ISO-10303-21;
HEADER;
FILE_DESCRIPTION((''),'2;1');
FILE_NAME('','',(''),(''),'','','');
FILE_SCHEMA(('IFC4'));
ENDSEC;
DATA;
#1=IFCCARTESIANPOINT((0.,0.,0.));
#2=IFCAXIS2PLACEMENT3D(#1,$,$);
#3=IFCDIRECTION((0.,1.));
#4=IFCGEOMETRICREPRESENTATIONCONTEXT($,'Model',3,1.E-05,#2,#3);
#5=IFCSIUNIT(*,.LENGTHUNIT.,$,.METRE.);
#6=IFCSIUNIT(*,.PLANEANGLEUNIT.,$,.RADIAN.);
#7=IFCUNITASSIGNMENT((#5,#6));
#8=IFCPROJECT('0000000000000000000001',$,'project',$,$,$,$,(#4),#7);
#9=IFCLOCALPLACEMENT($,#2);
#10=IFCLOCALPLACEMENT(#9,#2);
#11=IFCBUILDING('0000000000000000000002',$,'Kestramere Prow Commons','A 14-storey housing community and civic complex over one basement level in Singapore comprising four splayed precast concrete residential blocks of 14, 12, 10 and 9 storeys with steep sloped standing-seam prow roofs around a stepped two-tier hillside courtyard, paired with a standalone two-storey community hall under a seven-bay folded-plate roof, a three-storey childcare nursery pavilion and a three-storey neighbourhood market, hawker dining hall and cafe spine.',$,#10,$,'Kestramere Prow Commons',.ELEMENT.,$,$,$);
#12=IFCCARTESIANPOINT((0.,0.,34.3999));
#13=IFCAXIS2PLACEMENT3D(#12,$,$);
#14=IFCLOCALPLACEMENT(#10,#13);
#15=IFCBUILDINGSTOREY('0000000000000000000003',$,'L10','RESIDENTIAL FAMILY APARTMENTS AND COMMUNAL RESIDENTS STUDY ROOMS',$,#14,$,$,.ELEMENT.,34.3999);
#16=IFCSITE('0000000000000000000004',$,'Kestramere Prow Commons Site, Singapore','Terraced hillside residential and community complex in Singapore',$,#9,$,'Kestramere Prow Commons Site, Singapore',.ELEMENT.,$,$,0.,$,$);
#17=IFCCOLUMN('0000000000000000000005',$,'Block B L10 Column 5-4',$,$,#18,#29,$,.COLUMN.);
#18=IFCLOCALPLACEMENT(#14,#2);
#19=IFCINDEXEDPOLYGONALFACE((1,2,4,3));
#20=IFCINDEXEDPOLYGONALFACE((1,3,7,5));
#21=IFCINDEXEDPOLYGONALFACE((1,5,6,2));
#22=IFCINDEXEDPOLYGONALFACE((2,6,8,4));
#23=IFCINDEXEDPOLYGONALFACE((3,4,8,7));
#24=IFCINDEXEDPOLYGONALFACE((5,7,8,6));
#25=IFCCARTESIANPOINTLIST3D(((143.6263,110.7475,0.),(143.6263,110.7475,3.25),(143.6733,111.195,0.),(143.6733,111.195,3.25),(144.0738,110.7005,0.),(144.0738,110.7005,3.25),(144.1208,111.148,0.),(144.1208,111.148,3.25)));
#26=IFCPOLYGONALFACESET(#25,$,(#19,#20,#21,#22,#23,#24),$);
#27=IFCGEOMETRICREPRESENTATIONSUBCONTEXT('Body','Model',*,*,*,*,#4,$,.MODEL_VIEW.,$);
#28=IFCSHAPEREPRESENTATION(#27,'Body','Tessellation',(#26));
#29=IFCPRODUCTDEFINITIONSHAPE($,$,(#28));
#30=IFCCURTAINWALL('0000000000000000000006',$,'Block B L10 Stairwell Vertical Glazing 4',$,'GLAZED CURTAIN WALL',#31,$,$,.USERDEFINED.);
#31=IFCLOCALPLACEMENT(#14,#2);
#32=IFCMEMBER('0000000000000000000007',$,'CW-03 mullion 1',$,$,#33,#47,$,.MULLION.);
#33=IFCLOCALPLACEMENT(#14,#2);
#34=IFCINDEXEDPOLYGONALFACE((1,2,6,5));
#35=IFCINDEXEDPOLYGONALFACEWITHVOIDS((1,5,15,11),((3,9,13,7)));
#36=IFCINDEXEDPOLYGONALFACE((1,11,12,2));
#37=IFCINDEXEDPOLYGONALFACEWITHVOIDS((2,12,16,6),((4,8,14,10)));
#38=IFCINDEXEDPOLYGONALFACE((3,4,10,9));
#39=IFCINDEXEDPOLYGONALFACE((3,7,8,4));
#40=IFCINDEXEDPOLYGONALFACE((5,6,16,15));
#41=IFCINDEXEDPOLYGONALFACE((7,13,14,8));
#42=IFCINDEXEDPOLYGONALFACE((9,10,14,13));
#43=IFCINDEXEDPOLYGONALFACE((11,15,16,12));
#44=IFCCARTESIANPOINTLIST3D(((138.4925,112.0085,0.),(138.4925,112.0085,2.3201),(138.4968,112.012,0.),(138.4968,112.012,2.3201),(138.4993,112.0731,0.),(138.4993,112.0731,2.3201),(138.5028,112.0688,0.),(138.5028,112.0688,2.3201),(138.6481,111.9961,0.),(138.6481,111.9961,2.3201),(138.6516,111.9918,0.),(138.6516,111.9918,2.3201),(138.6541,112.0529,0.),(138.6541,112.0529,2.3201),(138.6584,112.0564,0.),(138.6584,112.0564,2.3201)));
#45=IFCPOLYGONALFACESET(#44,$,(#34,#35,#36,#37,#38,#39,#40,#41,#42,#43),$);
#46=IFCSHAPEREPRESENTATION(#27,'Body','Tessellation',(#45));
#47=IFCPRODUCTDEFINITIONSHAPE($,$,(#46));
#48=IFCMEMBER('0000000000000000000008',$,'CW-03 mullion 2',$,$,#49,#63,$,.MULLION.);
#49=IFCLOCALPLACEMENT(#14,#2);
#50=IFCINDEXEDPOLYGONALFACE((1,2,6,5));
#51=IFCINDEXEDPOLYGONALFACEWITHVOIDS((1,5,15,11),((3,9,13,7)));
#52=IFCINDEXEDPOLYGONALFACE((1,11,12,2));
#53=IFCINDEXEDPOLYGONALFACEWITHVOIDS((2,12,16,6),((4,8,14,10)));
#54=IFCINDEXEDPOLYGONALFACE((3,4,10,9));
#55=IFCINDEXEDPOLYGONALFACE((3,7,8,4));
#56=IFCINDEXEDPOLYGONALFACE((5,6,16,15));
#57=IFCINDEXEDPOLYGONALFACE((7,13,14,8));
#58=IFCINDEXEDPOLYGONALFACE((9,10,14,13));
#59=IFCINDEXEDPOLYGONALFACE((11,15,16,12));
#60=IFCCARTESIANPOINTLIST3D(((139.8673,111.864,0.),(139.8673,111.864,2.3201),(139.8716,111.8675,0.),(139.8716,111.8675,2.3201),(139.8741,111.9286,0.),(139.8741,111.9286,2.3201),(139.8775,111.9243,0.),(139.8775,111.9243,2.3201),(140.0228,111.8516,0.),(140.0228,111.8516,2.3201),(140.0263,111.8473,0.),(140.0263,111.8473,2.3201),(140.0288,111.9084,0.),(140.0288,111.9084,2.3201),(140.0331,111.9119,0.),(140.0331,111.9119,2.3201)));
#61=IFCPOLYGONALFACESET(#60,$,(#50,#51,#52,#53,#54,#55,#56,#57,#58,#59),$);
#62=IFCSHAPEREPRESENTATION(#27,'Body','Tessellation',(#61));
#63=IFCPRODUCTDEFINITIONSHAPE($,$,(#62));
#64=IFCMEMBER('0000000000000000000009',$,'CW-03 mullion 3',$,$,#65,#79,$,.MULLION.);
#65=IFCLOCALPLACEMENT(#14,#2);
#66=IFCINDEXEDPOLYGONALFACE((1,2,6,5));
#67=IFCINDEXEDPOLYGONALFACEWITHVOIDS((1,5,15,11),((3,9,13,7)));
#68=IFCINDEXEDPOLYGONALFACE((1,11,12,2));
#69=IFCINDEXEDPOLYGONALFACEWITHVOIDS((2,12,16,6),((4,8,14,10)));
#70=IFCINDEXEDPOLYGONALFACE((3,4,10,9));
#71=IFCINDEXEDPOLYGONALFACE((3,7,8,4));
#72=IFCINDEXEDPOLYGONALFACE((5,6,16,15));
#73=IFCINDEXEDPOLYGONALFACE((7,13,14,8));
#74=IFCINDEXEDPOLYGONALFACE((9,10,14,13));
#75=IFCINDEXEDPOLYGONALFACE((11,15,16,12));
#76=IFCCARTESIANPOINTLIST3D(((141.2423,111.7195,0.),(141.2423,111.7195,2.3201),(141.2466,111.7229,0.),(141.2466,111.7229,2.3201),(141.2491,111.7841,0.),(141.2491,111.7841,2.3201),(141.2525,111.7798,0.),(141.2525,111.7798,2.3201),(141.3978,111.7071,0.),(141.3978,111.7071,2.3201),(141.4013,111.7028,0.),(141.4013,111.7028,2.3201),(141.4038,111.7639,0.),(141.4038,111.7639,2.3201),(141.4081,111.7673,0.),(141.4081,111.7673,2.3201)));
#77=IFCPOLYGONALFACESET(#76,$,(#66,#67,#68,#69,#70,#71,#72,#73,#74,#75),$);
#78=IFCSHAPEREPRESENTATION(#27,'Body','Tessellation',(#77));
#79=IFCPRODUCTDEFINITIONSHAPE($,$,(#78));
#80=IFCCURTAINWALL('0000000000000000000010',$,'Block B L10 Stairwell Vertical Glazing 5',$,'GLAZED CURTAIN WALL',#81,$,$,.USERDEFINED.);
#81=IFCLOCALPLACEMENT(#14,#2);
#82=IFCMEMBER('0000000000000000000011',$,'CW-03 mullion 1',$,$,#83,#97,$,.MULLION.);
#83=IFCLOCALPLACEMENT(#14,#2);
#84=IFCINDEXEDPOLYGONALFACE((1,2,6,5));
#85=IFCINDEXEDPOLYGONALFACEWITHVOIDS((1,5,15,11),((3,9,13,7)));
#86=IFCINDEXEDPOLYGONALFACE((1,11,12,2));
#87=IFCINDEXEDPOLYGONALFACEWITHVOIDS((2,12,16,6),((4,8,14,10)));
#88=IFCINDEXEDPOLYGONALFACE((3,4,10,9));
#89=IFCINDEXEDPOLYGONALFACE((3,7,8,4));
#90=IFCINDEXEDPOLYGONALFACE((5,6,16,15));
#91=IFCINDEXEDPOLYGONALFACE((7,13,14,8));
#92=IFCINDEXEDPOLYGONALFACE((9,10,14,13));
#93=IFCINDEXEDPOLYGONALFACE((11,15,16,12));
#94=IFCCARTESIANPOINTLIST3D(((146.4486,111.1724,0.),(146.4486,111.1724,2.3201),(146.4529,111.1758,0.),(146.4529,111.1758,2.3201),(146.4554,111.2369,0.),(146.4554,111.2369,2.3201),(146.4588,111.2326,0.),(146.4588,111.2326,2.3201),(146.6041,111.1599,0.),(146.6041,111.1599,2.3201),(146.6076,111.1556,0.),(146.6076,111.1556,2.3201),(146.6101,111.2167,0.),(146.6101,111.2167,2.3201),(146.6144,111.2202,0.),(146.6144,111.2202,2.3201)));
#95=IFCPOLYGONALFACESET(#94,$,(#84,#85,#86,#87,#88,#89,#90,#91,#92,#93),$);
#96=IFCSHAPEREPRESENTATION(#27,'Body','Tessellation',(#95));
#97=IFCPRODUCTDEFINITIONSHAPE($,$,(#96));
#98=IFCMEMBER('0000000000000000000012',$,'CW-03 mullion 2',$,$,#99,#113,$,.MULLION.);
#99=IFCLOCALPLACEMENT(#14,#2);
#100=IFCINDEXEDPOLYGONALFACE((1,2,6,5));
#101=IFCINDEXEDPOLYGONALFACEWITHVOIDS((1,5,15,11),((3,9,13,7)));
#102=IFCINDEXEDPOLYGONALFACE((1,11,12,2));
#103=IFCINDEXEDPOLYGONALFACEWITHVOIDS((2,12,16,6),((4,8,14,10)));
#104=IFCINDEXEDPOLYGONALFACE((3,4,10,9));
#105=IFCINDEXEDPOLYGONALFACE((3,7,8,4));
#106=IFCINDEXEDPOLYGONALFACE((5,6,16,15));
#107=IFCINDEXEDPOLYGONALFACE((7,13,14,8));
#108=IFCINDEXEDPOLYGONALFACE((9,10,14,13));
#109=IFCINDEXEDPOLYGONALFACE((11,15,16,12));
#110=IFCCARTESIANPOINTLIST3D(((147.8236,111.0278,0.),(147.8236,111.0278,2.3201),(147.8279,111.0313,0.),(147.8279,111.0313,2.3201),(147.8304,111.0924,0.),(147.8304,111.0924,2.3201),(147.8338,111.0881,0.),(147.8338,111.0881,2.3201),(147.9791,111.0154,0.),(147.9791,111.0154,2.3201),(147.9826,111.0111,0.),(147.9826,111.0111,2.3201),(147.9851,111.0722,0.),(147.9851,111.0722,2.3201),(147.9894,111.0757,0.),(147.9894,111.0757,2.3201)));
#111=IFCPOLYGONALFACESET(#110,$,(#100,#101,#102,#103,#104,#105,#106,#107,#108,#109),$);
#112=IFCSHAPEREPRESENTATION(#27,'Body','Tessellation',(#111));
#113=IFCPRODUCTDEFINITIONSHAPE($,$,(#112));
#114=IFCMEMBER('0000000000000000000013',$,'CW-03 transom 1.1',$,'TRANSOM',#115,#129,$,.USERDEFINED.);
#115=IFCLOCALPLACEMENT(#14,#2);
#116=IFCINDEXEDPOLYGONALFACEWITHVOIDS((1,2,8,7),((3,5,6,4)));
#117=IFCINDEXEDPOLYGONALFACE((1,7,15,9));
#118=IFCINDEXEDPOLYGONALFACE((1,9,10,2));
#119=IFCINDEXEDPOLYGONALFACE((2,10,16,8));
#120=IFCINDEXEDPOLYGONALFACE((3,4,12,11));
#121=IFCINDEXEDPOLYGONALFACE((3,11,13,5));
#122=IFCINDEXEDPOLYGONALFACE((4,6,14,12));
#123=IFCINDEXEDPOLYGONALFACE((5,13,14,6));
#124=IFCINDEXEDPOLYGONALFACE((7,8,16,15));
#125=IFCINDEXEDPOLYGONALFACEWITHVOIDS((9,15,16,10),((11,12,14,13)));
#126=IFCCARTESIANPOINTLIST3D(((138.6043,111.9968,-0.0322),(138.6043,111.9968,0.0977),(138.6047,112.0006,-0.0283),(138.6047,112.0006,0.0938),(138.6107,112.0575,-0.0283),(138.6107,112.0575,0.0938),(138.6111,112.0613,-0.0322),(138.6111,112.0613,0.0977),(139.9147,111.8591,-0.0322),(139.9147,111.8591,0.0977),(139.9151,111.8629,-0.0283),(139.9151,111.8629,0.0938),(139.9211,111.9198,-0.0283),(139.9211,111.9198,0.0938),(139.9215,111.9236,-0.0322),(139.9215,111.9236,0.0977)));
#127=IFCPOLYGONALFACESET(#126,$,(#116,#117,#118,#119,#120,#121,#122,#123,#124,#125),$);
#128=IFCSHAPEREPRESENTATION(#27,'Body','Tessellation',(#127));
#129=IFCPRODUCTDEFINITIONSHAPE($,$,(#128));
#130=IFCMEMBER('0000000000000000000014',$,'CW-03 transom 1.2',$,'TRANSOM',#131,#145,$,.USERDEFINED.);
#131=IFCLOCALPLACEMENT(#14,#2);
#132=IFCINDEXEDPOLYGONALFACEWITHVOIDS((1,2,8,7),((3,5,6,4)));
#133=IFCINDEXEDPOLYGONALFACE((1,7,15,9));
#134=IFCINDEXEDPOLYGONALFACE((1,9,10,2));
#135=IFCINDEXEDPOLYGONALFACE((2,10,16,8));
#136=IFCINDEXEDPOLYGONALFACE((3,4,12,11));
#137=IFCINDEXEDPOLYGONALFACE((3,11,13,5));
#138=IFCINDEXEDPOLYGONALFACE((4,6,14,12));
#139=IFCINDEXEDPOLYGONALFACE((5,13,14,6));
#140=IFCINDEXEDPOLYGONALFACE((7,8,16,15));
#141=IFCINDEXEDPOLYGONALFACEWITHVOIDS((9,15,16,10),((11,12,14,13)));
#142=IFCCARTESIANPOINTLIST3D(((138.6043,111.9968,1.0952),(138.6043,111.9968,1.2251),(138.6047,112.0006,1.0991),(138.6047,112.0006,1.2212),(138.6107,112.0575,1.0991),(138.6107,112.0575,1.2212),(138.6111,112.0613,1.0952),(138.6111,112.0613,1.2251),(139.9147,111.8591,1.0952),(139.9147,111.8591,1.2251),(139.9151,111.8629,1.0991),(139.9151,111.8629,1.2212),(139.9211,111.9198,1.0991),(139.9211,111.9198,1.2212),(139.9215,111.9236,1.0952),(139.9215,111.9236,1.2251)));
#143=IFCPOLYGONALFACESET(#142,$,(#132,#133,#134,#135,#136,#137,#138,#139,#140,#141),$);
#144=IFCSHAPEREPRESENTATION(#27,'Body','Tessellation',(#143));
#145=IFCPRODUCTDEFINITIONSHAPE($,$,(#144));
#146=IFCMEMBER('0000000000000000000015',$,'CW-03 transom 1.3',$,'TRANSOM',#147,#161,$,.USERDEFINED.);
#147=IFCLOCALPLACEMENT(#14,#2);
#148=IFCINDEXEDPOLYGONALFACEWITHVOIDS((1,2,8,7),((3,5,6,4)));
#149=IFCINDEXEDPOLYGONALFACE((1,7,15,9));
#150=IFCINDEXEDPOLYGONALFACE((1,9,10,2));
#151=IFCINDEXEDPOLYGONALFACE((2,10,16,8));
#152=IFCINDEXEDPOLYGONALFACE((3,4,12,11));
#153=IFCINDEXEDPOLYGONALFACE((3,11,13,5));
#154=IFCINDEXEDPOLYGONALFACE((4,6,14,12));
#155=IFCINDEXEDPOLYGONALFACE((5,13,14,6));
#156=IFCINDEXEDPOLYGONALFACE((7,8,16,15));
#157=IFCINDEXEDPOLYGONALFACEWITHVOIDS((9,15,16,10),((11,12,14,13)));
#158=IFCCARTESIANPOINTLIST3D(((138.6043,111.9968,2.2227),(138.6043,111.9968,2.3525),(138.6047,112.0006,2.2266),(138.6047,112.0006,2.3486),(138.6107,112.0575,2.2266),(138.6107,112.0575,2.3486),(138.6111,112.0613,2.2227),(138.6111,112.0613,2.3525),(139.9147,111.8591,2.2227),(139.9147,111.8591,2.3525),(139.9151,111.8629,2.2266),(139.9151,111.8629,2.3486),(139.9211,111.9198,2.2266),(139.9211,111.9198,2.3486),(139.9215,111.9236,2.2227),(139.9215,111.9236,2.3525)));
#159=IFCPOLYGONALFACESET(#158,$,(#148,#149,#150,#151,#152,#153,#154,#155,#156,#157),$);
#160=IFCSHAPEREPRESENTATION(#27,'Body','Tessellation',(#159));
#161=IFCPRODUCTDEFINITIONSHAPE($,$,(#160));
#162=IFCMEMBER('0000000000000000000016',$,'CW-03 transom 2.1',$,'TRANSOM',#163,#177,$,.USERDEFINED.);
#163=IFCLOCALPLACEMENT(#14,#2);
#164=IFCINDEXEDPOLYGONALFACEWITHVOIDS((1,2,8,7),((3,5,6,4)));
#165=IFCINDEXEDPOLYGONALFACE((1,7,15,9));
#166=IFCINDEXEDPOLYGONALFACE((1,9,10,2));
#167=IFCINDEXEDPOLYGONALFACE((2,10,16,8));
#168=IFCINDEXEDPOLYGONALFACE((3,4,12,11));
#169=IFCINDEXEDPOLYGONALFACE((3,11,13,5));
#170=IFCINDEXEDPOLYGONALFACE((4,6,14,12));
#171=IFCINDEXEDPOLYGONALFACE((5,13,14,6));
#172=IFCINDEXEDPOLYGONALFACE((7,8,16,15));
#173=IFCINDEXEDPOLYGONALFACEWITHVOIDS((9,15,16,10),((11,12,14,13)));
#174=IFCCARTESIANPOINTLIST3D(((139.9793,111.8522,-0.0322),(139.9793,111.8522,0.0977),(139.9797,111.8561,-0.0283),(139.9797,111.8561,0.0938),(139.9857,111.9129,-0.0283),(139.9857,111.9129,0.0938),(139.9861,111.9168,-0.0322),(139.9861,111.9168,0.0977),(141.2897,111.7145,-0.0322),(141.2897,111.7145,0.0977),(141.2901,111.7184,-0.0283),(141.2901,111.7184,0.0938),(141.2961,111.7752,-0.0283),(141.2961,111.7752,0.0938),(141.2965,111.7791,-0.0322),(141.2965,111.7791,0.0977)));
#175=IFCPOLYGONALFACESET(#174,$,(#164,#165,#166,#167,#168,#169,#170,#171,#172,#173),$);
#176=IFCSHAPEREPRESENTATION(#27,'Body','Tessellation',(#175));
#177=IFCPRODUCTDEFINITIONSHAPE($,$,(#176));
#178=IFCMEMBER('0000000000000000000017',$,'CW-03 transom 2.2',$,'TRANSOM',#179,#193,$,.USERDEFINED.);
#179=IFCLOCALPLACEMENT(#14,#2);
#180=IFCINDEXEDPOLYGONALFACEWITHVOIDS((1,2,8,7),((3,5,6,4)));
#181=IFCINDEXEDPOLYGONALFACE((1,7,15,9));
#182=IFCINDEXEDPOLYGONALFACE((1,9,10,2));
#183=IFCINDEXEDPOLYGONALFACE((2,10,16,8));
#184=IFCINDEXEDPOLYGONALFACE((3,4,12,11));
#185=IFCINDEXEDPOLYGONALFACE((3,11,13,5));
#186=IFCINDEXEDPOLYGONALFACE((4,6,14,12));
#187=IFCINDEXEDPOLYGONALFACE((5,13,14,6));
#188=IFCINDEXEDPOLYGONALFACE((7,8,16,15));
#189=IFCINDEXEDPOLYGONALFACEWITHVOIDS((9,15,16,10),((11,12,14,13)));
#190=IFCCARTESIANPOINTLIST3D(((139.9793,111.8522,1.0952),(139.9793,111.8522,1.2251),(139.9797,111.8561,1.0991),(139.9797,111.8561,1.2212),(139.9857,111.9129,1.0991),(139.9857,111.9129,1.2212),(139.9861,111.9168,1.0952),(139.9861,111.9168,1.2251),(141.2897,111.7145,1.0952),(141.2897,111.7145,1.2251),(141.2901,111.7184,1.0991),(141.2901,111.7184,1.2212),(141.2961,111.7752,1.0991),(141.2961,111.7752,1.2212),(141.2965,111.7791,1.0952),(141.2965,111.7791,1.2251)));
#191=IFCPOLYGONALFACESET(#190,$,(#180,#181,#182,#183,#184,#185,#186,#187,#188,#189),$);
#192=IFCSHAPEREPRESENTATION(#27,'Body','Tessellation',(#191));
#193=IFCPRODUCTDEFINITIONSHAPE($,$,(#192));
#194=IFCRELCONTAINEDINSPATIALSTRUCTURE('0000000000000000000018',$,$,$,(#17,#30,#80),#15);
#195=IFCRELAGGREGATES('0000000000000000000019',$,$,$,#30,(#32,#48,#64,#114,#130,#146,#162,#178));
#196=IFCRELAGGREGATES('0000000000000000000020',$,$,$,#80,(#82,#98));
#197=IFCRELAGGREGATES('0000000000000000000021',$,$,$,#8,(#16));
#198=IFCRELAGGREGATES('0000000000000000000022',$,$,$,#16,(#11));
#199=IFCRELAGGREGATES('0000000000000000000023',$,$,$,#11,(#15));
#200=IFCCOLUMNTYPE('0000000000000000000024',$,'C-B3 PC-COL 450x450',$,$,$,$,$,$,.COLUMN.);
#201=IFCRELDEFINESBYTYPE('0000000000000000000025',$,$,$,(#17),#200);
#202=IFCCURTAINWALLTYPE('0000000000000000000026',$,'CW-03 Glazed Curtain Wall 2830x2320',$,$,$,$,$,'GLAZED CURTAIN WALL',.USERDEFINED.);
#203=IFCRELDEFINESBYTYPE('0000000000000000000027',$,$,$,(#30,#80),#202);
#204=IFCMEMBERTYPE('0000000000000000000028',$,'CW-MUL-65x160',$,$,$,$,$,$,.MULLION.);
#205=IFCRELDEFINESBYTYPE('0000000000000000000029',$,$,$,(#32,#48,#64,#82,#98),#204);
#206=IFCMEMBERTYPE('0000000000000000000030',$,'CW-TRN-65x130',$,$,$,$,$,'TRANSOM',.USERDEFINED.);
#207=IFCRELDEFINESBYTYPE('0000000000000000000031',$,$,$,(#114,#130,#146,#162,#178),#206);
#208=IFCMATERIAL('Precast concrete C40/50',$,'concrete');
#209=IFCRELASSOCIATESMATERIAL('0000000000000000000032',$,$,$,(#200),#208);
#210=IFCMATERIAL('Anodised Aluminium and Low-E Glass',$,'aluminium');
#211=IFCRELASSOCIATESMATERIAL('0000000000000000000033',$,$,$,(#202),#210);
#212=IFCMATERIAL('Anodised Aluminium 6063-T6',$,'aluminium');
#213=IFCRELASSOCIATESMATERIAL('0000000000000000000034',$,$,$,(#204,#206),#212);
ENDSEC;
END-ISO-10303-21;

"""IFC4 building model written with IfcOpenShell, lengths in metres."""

from ifc_helpers import new_model, si_unit, direction, frame, origin, origin_2d, place, context, subcontext, project, spatial, rectangle, hollow_rectangle, extrude, material, material_profile, profile_set, type_object, element, aggregate, save


model = new_model("IFC4")

# Units and contexts
model_context = context("Model", 3, precision=1e-05, world=origin(), true_north=direction((0.0, 1.0)))
body_context = subcontext(model_context, "Body", "Model", "MODEL_VIEW")
ifc_project = project(units=[si_unit("LENGTHUNIT", "METRE"), si_unit("PLANEANGLEUNIT", "RADIAN")], contexts=[model_context])

# Site, building, storey
site_placement = place(None, origin())
site = spatial("IfcSite", under=ifc_project, at=site_placement, Name="Kestramere Prow Commons Site, Singapore", Description="Terraced hillside residential and community complex in Singapore", LongName="Kestramere Prow Commons Site, Singapore", CompositionType="ELEMENT", RefElevation=0.0)
building_placement = place(site_placement, origin())
building = spatial("IfcBuilding", under=site, at=building_placement, Name="Kestramere Prow Commons", Description="A 14-storey housing community and civic complex over one basement level in Singapore comprising four splayed precast concrete residential blocks of 14, 12, 10 and 9 storeys with steep sloped standing-seam prow roofs around a stepped two-tier hillside courtyard, paired with a standalone two-storey community hall under a seven-bay folded-plate roof, a three-storey childcare nursery pavilion and a three-storey neighbourhood market, hawker dining hall and cafe spine.", LongName="Kestramere Prow Commons", CompositionType="ELEMENT")
storey_placement = place(building_placement, frame((0.0, 0.0, 34.3999)))
storey = spatial("IfcBuildingStorey", under=building, at=storey_placement, Name="L10", Description="RESIDENTIAL FAMILY APARTMENTS AND COMMUNAL RESIDENTS STUDY ROOMS", CompositionType="ELEMENT", Elevation=34.3999)

# Column
ifc_material_1 = material(Name="Precast concrete C40/50", Category="concrete")
ifc_material_profile_1 = material_profile(ifc_material_1, rectangle(XDim=0.45, YDim=0.45, at=origin_2d()), Name="PC-COL 450x450")
ifc_profile_set_1 = profile_set([ifc_material_profile_1], Name="Precast concrete C40/50")
column_type = type_object("IfcColumnType", Name="C-B3 PC-COL 450x450", PredefinedType="COLUMN", material=ifc_profile_set_1)
column_placement = place(storey_placement, frame((143.8735, 110.9478, 0.0), z_axis=(0.0, 0.0, 1.0), x_axis=(0.994522, -0.104528, 0.0)))
element("IfcColumn", 1, at=column_placement, inside=storey, type_object=column_type, Name="Block B L10 Column 5-4", PredefinedType="COLUMN", context=body_context, shape_type="SweptSolid", body=[
    extrude(rectangle(XDim=0.45, YDim=0.45, at=origin_2d()), origin(), (0.0, 0.0, 1.0), 3.25),
])

# Curtain walls, members
ifc_material_2 = material(Name="Anodised Aluminium and Low-E Glass", Category="aluminium")
curtain_wall_type = type_object("IfcCurtainWallType", Name="CW-03 Glazed Curtain Wall 2830x2320", ElementType="GLAZED CURTAIN WALL", PredefinedType="USERDEFINED", material=ifc_material_2)
curtain_wall_1_placement = place(storey_placement, origin())
curtain_wall_1 = element("IfcCurtainWall", 2, at=curtain_wall_1_placement, inside=storey, type_object=curtain_wall_type, Name="Block B L10 Stairwell Vertical Glazing 4", ObjectType="GLAZED CURTAIN WALL", PredefinedType="USERDEFINED")
ifc_material_3 = material(Name="Anodised Aluminium 6063-T6", Category="aluminium")
ifc_material_profile_2 = material_profile(ifc_material_3, hollow_rectangle(XDim=0.0649, YDim=0.1599, WallThickness=0.0039, at=origin_2d()), Name="ALU-MUL 65x160")
ifc_profile_set_2 = profile_set([ifc_material_profile_2], Name="Anodised Aluminium 6063-T6")
member_type_1 = type_object("IfcMemberType", Name="CW-MUL-65x160", PredefinedType="MULLION", material=ifc_profile_set_2)
member_1_placement = place(storey_placement, frame((138.5754, 112.0325, 0.0), z_axis=(0.0, 0.0, 1.0), x_axis=(0.104529, 0.994522, 0.0)))
member_1 = element("IfcMember", 3, at=member_1_placement, type_object=member_type_1, Name="CW-03 mullion 1", PredefinedType="MULLION", context=body_context, shape_type="SweptSolid", body=[
    extrude(hollow_rectangle(XDim=0.0649, YDim=0.1599, WallThickness=0.0039, at=origin_2d()), origin(), (0.0, 0.0, 1.0), 2.3201),
])
member_2_placement = place(storey_placement, frame((139.9502, 111.8879, 0.0), z_axis=(0.0, 0.0, 1.0), x_axis=(0.104529, 0.994522, 0.0)))
member_2 = element("IfcMember", 4, at=member_2_placement, type_object=member_type_1, Name="CW-03 mullion 2", PredefinedType="MULLION", context=body_context, shape_type="SweptSolid", body=[
    extrude(hollow_rectangle(XDim=0.0649, YDim=0.1599, WallThickness=0.0039, at=origin_2d()), origin(), (0.0, 0.0, 1.0), 2.3201),
])
member_3_placement = place(storey_placement, frame((141.3252, 111.7434, 0.0), z_axis=(0.0, 0.0, 1.0), x_axis=(0.104529, 0.994522, 0.0)))
member_3 = element("IfcMember", 5, at=member_3_placement, type_object=member_type_1, Name="CW-03 mullion 3", PredefinedType="MULLION", context=body_context, shape_type="SweptSolid", body=[
    extrude(hollow_rectangle(XDim=0.0649, YDim=0.1599, WallThickness=0.0039, at=origin_2d()), origin(), (0.0, 0.0, 1.0), 2.3201),
])
curtain_wall_2_placement = place(storey_placement, origin())
curtain_wall_2 = element("IfcCurtainWall", 6, at=curtain_wall_2_placement, inside=storey, type_object=curtain_wall_type, Name="Block B L10 Stairwell Vertical Glazing 5", ObjectType="GLAZED CURTAIN WALL", PredefinedType="USERDEFINED")
member_4_placement = place(storey_placement, frame((146.5315, 111.1963, 0.0), z_axis=(0.0, 0.0, 1.0), x_axis=(0.104528, 0.994522, 0.0)))
member_4 = element("IfcMember", 7, at=member_4_placement, type_object=member_type_1, Name="CW-03 mullion 1", PredefinedType="MULLION", context=body_context, shape_type="SweptSolid", body=[
    extrude(hollow_rectangle(XDim=0.0649, YDim=0.1599, WallThickness=0.0039, at=origin_2d()), origin(), (0.0, 0.0, 1.0), 2.3201),
])
member_5_placement = place(storey_placement, frame((147.9065, 111.0518, 0.0), z_axis=(0.0, 0.0, 1.0), x_axis=(0.104528, 0.994522, 0.0)))
member_5 = element("IfcMember", 8, at=member_5_placement, type_object=member_type_1, Name="CW-03 mullion 2", PredefinedType="MULLION", context=body_context, shape_type="SweptSolid", body=[
    extrude(hollow_rectangle(XDim=0.0649, YDim=0.1599, WallThickness=0.0039, at=origin_2d()), origin(), (0.0, 0.0, 1.0), 2.3201),
])

# Members
ifc_material_profile_3 = material_profile(ifc_material_3, hollow_rectangle(XDim=0.0649, YDim=0.1299, WallThickness=0.0039, at=origin_2d()), Name="ALU-TRN 65x130")
ifc_profile_set_3 = profile_set([ifc_material_profile_3], Name="Anodised Aluminium 6063-T6")
member_type_2 = type_object("IfcMemberType", Name="CW-TRN-65x130", ElementType="TRANSOM", PredefinedType="USERDEFINED", material=ifc_profile_set_3)
member_6_placement = place(storey_placement, frame((138.6077, 112.0291, 0.0327), z_axis=(0.994524, -0.104511, 0.0), x_axis=(0.104511, 0.994524, 0.0)))
member_6 = element("IfcMember", 9, at=member_6_placement, type_object=member_type_2, Name="CW-03 transom 1.1", ObjectType="TRANSOM", PredefinedType="USERDEFINED", context=body_context, shape_type="SweptSolid", body=[
    extrude(hollow_rectangle(XDim=0.0649, YDim=0.1299, WallThickness=0.0039, at=origin_2d()), origin(), (0.0, 0.0, 1.0), 1.3176),
])
member_7_placement = place(storey_placement, frame((138.6077, 112.0291, 1.1602), z_axis=(0.994524, -0.104511, 0.0), x_axis=(0.104511, 0.994524, 0.0)))
member_7 = element("IfcMember", 10, at=member_7_placement, type_object=member_type_2, Name="CW-03 transom 1.2", ObjectType="TRANSOM", PredefinedType="USERDEFINED", context=body_context, shape_type="SweptSolid", body=[
    extrude(hollow_rectangle(XDim=0.0649, YDim=0.1299, WallThickness=0.0039, at=origin_2d()), origin(), (0.0, 0.0, 1.0), 1.3176),
])
member_8_placement = place(storey_placement, frame((138.6077, 112.0291, 2.2876), z_axis=(0.994524, -0.104511, 0.0), x_axis=(0.104511, 0.994524, 0.0)))
member_8 = element("IfcMember", 11, at=member_8_placement, type_object=member_type_2, Name="CW-03 transom 1.3", ObjectType="TRANSOM", PredefinedType="USERDEFINED", context=body_context, shape_type="SweptSolid", body=[
    extrude(hollow_rectangle(XDim=0.0649, YDim=0.1299, WallThickness=0.0039, at=origin_2d()), origin(), (0.0, 0.0, 1.0), 1.3176),
])
member_9_placement = place(storey_placement, frame((139.9827, 111.8845, 0.0327), z_axis=(0.994524, -0.104511, 0.0), x_axis=(0.104511, 0.994524, 0.0)))
member_9 = element("IfcMember", 12, at=member_9_placement, type_object=member_type_2, Name="CW-03 transom 2.1", ObjectType="TRANSOM", PredefinedType="USERDEFINED", context=body_context, shape_type="SweptSolid", body=[
    extrude(hollow_rectangle(XDim=0.0649, YDim=0.1299, WallThickness=0.0039, at=origin_2d()), origin(), (0.0, 0.0, 1.0), 1.3176),
])
member_10_placement = place(storey_placement, frame((139.9827, 111.8845, 1.1602), z_axis=(0.994524, -0.104511, 0.0), x_axis=(0.104511, 0.994524, 0.0)))
member_10 = element("IfcMember", 13, at=member_10_placement, type_object=member_type_2, Name="CW-03 transom 2.2", ObjectType="TRANSOM", PredefinedType="USERDEFINED", context=body_context, shape_type="SweptSolid", body=[
    extrude(hollow_rectangle(XDim=0.0649, YDim=0.1299, WallThickness=0.0039, at=origin_2d()), origin(), (0.0, 0.0, 1.0), 1.3176),
])

aggregate(curtain_wall_1, [member_1, member_2, member_3, member_6, member_7, member_8, member_9, member_10])
aggregate(curtain_wall_2, [member_4, member_5])

save(model, "model.ifc")
